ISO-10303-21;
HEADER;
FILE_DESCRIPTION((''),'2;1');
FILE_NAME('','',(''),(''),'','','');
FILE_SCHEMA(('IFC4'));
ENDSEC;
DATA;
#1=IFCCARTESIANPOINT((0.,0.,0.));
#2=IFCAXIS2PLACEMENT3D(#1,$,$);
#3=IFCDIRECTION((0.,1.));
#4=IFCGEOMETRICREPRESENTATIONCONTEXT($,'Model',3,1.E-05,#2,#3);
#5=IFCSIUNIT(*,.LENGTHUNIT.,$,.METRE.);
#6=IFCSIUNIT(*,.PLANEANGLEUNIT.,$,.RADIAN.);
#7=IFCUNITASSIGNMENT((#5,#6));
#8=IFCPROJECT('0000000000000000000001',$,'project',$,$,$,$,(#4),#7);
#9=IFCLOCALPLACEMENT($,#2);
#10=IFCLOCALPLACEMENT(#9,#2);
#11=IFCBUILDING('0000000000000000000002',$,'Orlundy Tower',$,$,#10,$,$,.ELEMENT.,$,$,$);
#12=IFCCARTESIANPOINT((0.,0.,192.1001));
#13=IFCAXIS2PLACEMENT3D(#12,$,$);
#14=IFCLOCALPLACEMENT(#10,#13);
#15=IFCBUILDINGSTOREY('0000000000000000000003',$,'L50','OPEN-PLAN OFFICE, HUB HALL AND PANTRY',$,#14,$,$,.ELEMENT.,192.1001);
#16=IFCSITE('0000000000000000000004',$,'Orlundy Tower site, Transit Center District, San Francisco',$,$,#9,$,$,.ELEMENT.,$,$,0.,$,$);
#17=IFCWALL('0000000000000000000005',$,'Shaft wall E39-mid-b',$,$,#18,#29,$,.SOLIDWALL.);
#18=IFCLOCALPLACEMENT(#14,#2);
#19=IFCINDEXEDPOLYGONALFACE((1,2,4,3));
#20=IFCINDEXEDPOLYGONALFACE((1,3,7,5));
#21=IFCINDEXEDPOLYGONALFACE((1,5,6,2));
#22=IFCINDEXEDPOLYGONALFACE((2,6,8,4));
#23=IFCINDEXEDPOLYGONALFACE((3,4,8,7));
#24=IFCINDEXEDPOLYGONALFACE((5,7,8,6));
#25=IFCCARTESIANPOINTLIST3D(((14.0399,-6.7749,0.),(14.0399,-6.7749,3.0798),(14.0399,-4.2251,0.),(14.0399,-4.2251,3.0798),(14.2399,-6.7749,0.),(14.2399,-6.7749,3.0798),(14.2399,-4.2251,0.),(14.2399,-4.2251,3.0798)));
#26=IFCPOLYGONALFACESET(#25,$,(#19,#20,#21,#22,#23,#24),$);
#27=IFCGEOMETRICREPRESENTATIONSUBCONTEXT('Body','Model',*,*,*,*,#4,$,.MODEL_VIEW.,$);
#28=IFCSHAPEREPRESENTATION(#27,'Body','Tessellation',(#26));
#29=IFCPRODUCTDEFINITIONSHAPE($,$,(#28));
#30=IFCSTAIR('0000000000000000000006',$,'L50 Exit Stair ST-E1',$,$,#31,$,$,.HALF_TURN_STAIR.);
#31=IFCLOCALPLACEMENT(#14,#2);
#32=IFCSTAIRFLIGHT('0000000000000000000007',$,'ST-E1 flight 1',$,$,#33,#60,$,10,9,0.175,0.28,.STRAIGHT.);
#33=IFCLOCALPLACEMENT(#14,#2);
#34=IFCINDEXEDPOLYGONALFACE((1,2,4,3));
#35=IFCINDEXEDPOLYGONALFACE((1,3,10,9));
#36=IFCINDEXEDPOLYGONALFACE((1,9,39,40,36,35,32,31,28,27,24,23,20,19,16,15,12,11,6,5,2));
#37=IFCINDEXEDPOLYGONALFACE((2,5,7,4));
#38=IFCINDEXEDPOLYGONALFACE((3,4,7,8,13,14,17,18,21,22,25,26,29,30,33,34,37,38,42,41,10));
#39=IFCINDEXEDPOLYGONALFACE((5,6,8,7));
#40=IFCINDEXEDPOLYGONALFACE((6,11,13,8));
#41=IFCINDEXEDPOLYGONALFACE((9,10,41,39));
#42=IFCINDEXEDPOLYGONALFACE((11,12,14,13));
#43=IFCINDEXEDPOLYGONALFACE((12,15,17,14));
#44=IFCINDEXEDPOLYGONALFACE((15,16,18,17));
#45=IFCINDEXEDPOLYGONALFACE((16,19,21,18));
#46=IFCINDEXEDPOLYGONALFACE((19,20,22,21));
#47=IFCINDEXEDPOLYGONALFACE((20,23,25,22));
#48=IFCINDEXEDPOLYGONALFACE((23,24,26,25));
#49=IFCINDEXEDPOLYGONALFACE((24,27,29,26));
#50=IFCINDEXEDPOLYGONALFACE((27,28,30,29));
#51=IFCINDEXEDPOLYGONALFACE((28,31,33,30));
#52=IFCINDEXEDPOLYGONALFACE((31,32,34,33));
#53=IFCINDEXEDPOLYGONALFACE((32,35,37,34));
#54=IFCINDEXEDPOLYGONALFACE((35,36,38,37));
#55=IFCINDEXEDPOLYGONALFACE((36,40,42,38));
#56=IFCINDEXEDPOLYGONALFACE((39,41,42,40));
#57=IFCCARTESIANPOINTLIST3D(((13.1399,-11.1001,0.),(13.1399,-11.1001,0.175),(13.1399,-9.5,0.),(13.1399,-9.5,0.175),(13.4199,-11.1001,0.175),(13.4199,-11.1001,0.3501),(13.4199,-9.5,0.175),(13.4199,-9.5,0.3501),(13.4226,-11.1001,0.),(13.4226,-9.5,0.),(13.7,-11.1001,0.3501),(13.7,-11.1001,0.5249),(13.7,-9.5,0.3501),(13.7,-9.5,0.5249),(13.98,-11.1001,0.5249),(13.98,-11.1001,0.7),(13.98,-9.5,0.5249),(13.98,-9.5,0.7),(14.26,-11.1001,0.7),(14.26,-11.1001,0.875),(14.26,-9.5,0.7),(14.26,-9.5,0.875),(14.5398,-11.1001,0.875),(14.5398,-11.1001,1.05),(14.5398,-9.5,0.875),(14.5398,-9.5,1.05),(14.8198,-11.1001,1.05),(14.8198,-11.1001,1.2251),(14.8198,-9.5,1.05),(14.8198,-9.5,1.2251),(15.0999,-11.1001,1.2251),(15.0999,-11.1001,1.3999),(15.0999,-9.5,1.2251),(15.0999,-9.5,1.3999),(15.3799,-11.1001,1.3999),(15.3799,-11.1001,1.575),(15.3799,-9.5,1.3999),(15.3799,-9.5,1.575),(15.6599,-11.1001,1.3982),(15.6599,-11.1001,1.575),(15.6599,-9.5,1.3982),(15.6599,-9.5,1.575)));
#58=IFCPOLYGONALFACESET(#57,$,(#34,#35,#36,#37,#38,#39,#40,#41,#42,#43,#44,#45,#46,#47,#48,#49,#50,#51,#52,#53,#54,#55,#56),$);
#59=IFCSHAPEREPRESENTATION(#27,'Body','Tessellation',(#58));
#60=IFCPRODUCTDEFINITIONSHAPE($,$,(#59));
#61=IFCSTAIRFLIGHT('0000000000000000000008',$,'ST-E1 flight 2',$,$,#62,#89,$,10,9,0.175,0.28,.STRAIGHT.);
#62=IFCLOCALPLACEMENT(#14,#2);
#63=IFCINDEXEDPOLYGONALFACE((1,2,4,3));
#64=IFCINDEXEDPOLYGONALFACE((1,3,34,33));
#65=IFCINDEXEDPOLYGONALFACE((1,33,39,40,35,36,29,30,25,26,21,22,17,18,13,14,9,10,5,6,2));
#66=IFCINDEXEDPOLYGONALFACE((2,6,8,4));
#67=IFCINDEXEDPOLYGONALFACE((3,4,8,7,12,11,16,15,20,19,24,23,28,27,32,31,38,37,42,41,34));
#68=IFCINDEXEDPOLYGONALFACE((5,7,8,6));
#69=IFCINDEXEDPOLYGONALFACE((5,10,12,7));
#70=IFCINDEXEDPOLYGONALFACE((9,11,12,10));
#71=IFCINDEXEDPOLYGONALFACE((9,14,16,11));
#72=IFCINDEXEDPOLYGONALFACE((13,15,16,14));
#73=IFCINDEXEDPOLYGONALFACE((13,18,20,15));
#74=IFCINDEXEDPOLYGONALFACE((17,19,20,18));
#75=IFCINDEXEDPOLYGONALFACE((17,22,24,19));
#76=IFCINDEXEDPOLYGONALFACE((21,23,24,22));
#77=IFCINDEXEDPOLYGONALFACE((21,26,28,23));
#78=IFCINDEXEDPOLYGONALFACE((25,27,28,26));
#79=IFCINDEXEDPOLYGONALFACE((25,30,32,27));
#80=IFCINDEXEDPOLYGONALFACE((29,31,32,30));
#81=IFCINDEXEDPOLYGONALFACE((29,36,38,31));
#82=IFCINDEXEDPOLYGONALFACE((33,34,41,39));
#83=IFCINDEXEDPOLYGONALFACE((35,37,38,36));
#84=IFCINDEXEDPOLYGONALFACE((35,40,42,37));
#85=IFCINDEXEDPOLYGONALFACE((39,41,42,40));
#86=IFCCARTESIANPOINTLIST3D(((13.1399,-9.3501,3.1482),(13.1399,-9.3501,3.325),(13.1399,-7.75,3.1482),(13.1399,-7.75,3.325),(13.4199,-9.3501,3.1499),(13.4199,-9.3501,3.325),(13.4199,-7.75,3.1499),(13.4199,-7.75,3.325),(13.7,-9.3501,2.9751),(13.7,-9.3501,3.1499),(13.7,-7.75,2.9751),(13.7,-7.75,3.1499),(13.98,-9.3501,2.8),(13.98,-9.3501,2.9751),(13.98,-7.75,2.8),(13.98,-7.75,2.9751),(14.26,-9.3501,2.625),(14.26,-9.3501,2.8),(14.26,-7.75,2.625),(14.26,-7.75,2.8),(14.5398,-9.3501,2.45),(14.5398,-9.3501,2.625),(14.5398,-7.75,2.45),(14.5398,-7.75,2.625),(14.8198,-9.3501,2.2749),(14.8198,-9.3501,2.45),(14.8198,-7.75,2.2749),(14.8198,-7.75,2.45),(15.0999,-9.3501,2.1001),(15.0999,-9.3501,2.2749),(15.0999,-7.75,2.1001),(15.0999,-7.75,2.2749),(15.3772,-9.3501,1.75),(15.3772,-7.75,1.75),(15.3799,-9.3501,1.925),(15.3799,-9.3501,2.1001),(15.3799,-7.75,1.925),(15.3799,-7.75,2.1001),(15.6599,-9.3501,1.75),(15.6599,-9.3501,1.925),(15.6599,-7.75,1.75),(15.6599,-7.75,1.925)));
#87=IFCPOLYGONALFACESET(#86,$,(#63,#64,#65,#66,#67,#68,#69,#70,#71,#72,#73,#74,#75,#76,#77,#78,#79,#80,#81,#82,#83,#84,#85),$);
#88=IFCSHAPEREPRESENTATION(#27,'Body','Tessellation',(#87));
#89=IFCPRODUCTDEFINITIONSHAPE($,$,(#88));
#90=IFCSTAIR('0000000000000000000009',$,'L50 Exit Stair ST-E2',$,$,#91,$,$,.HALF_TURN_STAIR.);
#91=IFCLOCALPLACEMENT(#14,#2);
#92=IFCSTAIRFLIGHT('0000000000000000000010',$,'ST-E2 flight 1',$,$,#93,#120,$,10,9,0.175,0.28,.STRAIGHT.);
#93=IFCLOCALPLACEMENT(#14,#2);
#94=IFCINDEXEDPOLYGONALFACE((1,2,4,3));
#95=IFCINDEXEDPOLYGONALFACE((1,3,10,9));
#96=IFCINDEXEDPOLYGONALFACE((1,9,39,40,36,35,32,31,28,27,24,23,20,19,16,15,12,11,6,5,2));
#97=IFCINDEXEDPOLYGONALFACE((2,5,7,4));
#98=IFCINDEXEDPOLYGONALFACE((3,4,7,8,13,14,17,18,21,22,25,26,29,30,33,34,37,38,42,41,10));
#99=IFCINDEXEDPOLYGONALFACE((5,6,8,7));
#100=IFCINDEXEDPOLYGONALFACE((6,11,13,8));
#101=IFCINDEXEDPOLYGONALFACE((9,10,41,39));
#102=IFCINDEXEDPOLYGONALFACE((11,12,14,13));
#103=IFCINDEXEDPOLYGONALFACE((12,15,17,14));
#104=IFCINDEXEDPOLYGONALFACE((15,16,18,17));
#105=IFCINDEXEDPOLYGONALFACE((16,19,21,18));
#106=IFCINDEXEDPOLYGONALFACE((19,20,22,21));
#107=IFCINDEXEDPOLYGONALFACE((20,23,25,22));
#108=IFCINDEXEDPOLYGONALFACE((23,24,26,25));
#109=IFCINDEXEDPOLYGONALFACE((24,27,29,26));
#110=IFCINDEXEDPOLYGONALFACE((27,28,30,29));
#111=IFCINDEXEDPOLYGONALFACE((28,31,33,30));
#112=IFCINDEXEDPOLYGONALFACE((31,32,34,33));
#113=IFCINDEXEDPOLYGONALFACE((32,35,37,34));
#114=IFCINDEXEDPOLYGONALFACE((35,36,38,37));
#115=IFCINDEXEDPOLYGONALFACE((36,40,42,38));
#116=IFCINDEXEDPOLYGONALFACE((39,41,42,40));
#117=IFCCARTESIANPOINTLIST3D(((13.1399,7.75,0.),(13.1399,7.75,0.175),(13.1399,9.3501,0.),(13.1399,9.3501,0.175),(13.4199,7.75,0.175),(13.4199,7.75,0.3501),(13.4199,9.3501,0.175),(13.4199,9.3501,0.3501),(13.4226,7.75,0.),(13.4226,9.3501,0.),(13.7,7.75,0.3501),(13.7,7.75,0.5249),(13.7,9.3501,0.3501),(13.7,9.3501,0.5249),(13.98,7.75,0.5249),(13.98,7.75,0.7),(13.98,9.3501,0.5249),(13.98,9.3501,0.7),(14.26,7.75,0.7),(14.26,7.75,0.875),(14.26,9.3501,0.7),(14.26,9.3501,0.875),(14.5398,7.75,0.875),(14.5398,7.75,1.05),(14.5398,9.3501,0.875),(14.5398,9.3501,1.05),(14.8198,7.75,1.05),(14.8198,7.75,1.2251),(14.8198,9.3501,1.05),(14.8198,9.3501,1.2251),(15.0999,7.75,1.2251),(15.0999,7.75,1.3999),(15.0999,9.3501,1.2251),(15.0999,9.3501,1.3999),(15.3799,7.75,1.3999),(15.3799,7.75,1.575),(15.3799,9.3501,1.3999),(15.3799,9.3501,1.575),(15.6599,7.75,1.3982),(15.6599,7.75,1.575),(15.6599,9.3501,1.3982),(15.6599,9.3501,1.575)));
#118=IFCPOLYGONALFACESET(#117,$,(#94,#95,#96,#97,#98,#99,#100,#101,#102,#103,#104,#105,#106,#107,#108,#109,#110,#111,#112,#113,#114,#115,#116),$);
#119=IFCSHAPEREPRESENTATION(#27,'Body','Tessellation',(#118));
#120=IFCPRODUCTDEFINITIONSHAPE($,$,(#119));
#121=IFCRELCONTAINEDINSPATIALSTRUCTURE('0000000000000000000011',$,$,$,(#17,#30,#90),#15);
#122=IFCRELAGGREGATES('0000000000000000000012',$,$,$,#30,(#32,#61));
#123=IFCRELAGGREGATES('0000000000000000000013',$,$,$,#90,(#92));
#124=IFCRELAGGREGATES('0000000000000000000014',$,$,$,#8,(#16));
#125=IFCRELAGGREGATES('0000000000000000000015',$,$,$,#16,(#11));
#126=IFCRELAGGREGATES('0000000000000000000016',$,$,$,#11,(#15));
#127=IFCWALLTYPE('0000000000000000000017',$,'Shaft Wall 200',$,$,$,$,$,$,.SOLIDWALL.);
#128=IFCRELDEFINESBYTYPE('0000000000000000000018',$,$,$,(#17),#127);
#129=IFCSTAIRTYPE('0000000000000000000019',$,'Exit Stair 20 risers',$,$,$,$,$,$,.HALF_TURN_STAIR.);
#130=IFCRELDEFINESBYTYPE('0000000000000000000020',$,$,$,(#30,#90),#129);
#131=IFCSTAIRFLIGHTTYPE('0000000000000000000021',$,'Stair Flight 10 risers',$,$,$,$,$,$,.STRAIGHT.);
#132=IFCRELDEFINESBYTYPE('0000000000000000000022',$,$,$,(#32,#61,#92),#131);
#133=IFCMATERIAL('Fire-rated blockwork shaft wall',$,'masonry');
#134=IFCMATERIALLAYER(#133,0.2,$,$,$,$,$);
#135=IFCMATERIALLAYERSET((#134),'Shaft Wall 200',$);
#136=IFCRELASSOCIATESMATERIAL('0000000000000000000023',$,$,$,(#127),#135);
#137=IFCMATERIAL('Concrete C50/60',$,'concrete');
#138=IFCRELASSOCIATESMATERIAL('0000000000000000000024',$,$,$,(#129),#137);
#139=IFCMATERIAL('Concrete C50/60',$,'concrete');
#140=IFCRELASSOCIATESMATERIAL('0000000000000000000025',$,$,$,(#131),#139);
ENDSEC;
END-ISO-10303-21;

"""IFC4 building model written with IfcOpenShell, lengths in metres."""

from ifc_helpers import new_model, si_unit, direction, frame, frame_2d, origin, place, context, subcontext, project, spatial, polyline, rectangle, outline, extrude, material, layer, layer_set, type_object, element, aggregate, save


model = new_model("IFC4")

# Units and contexts
model_context = context("Model", 3, precision=1e-05, world=origin(), true_north=direction((0.0, 1.0)))
body_context = subcontext(model_context, "Body", "Model", "MODEL_VIEW")
ifc_project = project(units=[si_unit("LENGTHUNIT", "METRE"), si_unit("PLANEANGLEUNIT", "RADIAN")], contexts=[model_context])

# Site, building, storey
site_placement = place(None, origin())
site = spatial("IfcSite", under=ifc_project, at=site_placement, Name="Orlundy Tower site, Transit Center District, San Francisco", CompositionType="ELEMENT", RefElevation=0.0)
building_placement = place(site_placement, origin())
building = spatial("IfcBuilding", under=site, at=building_placement, Name="Orlundy Tower", CompositionType="ELEMENT")
storey_placement = place(building_placement, frame((0.0, 0.0, 192.1001)))
storey = spatial("IfcBuildingStorey", under=building, at=storey_placement, Name="L50", Description="OPEN-PLAN OFFICE, HUB HALL AND PANTRY", CompositionType="ELEMENT", Elevation=192.1001)

# Shared definitions
ifc_material_1 = material(Name="Fire-rated blockwork shaft wall", Category="masonry")
ifc_layer_1 = layer(ifc_material_1, 0.2)
ifc_layer_set_1 = layer_set([ifc_layer_1], Name="Shaft Wall 200")
wall_type_1 = type_object("IfcWallType", Name="Shaft Wall 200", PredefinedType="SOLIDWALL", material=ifc_layer_set_1)

# Wall
for number, where, z_axis, x_axis, name in (
    (1, (14.1399, -4.2251, 0.0), (0.0, 0.0, 1.0), (0.0, -1.0, 0.0), "Shaft wall E39-mid-b"),
):
    element("IfcWall", number, at=place(storey_placement, frame(where, z_axis=z_axis, x_axis=x_axis)), inside=storey, type_object=wall_type_1, Name=name, PredefinedType="SOLIDWALL", context=body_context, shape_type="SweptSolid", body=[
        extrude(rectangle(XDim=2.5498, YDim=0.2, at=frame_2d((1.2749, 0.0))), origin(), (0.0, 0.0, 1.0), 3.0798),
    ])

# Stair, stair flights
ifc_material_2 = material(Name="Concrete C50/60", Category="concrete")
stair_type = type_object("IfcStairType", Name="Exit Stair 20 risers", PredefinedType="HALF_TURN_STAIR", material=ifc_material_2)
stair_1_placement = place(storey_placement, origin())
stair_1 = element("IfcStair", 2, at=stair_1_placement, inside=storey, type_object=stair_type, Name="L50 Exit Stair ST-E1", PredefinedType="HALF_TURN_STAIR")
ifc_material_3 = material(Name="Concrete C50/60", Category="concrete")
stair_flight_type = type_object("IfcStairFlightType", Name="Stair Flight 10 risers", PredefinedType="STRAIGHT", material=ifc_material_3)
stair_flight_1_placement = place(storey_placement, frame((13.1399, -10.3, 0.0), z_axis=(0.0, 0.0, 1.0), x_axis=(1.0, 0.0, 0.0)))
stair_flight_1 = element("IfcStairFlight", 3, at=stair_flight_1_placement, type_object=stair_flight_type, Name="ST-E1 flight 1", NumberOfRisers=10, NumberOfTreads=9, PredefinedType="STRAIGHT", RiserHeight=0.175, TreadLength=0.28, context=body_context, shape_type="SweptSolid", body=[
    extrude(outline(polyline([(0.0, 0.0), (0.0, 0.175), (0.28, 0.175), (0.28, 0.3501), (0.5601, 0.3501), (0.5601, 0.5249), (0.8401, 0.5249), (0.8401, 0.7), (1.1201, 0.7), (1.1201, 0.875), (1.3999, 0.875), (1.3999, 1.05), (1.6799, 1.05), (1.6799, 1.2251), (1.96, 1.2251), (1.96, 1.3999), (2.24, 1.3999), (2.24, 1.575), (2.52, 1.575), (2.52, 1.75), (2.52, 1.3982), (0.2827, 0.0), (0.0, 0.0)])), frame((0.0, 0.8, 0.0), z_axis=(0.0, -1.0, 0.0), x_axis=(1.0, 0.0, 0.0)), (0.0, 0.0, 1.0), 1.6001),
])
stair_flight_2_placement = place(storey_placement, frame((15.6599, -8.55, 1.75), z_axis=(0.0, 0.0, 1.0), x_axis=(-1.0, 0.0, 0.0)))
stair_flight_2 = element("IfcStairFlight", 4, at=stair_flight_2_placement, type_object=stair_flight_type, Name="ST-E1 flight 2", NumberOfRisers=10, NumberOfTreads=9, PredefinedType="STRAIGHT", RiserHeight=0.175, TreadLength=0.28, context=body_context, shape_type="SweptSolid", body=[
    extrude(outline(polyline([(0.0, 0.0), (0.0, 0.175), (0.28, 0.175), (0.28, 0.3501), (0.5601, 0.3501), (0.5601, 0.5249), (0.8401, 0.5249), (0.8401, 0.7), (1.1201, 0.7), (1.1201, 0.875), (1.3999, 0.875), (1.3999, 1.05), (1.6799, 1.05), (1.6799, 1.2251), (1.96, 1.2251), (1.96, 1.3999), (2.24, 1.3999), (2.24, 1.575), (2.52, 1.575), (2.52, 1.75), (2.52, 1.3982), (0.2827, 0.0), (0.0, 0.0)])), frame((0.0, 0.8, 0.0), z_axis=(0.0, -1.0, 0.0), x_axis=(1.0, 0.0, 0.0)), (0.0, 0.0, 1.0), 1.6001),
])
aggregate(stair_1, [stair_flight_1, stair_flight_2])

# Stair, stair flight
stair_2_placement = place(storey_placement, origin())
stair_2 = element("IfcStair", 5, at=stair_2_placement, inside=storey, type_object=stair_type, Name="L50 Exit Stair ST-E2", PredefinedType="HALF_TURN_STAIR")
stair_flight_3_placement = place(storey_placement, frame((13.1399, 8.55, 0.0), z_axis=(0.0, 0.0, 1.0), x_axis=(1.0, 0.0, 0.0)))
stair_flight_3 = element("IfcStairFlight", 6, at=stair_flight_3_placement, type_object=stair_flight_type, Name="ST-E2 flight 1", NumberOfRisers=10, NumberOfTreads=9, PredefinedType="STRAIGHT", RiserHeight=0.175, TreadLength=0.28, context=body_context, shape_type="SweptSolid", body=[
    extrude(outline(polyline([(0.0, 0.0), (0.0, 0.175), (0.28, 0.175), (0.28, 0.3501), (0.5601, 0.3501), (0.5601, 0.5249), (0.8401, 0.5249), (0.8401, 0.7), (1.1201, 0.7), (1.1201, 0.875), (1.3999, 0.875), (1.3999, 1.05), (1.6799, 1.05), (1.6799, 1.2251), (1.96, 1.2251), (1.96, 1.3999), (2.24, 1.3999), (2.24, 1.575), (2.52, 1.575), (2.52, 1.75), (2.52, 1.3982), (0.2827, 0.0), (0.0, 0.0)])), frame((0.0, 0.8, 0.0), z_axis=(0.0, -1.0, 0.0), x_axis=(1.0, 0.0, 0.0)), (0.0, 0.0, 1.0), 1.6001),
])
aggregate(stair_2, [stair_flight_3])

save(model, "model.ifc")
